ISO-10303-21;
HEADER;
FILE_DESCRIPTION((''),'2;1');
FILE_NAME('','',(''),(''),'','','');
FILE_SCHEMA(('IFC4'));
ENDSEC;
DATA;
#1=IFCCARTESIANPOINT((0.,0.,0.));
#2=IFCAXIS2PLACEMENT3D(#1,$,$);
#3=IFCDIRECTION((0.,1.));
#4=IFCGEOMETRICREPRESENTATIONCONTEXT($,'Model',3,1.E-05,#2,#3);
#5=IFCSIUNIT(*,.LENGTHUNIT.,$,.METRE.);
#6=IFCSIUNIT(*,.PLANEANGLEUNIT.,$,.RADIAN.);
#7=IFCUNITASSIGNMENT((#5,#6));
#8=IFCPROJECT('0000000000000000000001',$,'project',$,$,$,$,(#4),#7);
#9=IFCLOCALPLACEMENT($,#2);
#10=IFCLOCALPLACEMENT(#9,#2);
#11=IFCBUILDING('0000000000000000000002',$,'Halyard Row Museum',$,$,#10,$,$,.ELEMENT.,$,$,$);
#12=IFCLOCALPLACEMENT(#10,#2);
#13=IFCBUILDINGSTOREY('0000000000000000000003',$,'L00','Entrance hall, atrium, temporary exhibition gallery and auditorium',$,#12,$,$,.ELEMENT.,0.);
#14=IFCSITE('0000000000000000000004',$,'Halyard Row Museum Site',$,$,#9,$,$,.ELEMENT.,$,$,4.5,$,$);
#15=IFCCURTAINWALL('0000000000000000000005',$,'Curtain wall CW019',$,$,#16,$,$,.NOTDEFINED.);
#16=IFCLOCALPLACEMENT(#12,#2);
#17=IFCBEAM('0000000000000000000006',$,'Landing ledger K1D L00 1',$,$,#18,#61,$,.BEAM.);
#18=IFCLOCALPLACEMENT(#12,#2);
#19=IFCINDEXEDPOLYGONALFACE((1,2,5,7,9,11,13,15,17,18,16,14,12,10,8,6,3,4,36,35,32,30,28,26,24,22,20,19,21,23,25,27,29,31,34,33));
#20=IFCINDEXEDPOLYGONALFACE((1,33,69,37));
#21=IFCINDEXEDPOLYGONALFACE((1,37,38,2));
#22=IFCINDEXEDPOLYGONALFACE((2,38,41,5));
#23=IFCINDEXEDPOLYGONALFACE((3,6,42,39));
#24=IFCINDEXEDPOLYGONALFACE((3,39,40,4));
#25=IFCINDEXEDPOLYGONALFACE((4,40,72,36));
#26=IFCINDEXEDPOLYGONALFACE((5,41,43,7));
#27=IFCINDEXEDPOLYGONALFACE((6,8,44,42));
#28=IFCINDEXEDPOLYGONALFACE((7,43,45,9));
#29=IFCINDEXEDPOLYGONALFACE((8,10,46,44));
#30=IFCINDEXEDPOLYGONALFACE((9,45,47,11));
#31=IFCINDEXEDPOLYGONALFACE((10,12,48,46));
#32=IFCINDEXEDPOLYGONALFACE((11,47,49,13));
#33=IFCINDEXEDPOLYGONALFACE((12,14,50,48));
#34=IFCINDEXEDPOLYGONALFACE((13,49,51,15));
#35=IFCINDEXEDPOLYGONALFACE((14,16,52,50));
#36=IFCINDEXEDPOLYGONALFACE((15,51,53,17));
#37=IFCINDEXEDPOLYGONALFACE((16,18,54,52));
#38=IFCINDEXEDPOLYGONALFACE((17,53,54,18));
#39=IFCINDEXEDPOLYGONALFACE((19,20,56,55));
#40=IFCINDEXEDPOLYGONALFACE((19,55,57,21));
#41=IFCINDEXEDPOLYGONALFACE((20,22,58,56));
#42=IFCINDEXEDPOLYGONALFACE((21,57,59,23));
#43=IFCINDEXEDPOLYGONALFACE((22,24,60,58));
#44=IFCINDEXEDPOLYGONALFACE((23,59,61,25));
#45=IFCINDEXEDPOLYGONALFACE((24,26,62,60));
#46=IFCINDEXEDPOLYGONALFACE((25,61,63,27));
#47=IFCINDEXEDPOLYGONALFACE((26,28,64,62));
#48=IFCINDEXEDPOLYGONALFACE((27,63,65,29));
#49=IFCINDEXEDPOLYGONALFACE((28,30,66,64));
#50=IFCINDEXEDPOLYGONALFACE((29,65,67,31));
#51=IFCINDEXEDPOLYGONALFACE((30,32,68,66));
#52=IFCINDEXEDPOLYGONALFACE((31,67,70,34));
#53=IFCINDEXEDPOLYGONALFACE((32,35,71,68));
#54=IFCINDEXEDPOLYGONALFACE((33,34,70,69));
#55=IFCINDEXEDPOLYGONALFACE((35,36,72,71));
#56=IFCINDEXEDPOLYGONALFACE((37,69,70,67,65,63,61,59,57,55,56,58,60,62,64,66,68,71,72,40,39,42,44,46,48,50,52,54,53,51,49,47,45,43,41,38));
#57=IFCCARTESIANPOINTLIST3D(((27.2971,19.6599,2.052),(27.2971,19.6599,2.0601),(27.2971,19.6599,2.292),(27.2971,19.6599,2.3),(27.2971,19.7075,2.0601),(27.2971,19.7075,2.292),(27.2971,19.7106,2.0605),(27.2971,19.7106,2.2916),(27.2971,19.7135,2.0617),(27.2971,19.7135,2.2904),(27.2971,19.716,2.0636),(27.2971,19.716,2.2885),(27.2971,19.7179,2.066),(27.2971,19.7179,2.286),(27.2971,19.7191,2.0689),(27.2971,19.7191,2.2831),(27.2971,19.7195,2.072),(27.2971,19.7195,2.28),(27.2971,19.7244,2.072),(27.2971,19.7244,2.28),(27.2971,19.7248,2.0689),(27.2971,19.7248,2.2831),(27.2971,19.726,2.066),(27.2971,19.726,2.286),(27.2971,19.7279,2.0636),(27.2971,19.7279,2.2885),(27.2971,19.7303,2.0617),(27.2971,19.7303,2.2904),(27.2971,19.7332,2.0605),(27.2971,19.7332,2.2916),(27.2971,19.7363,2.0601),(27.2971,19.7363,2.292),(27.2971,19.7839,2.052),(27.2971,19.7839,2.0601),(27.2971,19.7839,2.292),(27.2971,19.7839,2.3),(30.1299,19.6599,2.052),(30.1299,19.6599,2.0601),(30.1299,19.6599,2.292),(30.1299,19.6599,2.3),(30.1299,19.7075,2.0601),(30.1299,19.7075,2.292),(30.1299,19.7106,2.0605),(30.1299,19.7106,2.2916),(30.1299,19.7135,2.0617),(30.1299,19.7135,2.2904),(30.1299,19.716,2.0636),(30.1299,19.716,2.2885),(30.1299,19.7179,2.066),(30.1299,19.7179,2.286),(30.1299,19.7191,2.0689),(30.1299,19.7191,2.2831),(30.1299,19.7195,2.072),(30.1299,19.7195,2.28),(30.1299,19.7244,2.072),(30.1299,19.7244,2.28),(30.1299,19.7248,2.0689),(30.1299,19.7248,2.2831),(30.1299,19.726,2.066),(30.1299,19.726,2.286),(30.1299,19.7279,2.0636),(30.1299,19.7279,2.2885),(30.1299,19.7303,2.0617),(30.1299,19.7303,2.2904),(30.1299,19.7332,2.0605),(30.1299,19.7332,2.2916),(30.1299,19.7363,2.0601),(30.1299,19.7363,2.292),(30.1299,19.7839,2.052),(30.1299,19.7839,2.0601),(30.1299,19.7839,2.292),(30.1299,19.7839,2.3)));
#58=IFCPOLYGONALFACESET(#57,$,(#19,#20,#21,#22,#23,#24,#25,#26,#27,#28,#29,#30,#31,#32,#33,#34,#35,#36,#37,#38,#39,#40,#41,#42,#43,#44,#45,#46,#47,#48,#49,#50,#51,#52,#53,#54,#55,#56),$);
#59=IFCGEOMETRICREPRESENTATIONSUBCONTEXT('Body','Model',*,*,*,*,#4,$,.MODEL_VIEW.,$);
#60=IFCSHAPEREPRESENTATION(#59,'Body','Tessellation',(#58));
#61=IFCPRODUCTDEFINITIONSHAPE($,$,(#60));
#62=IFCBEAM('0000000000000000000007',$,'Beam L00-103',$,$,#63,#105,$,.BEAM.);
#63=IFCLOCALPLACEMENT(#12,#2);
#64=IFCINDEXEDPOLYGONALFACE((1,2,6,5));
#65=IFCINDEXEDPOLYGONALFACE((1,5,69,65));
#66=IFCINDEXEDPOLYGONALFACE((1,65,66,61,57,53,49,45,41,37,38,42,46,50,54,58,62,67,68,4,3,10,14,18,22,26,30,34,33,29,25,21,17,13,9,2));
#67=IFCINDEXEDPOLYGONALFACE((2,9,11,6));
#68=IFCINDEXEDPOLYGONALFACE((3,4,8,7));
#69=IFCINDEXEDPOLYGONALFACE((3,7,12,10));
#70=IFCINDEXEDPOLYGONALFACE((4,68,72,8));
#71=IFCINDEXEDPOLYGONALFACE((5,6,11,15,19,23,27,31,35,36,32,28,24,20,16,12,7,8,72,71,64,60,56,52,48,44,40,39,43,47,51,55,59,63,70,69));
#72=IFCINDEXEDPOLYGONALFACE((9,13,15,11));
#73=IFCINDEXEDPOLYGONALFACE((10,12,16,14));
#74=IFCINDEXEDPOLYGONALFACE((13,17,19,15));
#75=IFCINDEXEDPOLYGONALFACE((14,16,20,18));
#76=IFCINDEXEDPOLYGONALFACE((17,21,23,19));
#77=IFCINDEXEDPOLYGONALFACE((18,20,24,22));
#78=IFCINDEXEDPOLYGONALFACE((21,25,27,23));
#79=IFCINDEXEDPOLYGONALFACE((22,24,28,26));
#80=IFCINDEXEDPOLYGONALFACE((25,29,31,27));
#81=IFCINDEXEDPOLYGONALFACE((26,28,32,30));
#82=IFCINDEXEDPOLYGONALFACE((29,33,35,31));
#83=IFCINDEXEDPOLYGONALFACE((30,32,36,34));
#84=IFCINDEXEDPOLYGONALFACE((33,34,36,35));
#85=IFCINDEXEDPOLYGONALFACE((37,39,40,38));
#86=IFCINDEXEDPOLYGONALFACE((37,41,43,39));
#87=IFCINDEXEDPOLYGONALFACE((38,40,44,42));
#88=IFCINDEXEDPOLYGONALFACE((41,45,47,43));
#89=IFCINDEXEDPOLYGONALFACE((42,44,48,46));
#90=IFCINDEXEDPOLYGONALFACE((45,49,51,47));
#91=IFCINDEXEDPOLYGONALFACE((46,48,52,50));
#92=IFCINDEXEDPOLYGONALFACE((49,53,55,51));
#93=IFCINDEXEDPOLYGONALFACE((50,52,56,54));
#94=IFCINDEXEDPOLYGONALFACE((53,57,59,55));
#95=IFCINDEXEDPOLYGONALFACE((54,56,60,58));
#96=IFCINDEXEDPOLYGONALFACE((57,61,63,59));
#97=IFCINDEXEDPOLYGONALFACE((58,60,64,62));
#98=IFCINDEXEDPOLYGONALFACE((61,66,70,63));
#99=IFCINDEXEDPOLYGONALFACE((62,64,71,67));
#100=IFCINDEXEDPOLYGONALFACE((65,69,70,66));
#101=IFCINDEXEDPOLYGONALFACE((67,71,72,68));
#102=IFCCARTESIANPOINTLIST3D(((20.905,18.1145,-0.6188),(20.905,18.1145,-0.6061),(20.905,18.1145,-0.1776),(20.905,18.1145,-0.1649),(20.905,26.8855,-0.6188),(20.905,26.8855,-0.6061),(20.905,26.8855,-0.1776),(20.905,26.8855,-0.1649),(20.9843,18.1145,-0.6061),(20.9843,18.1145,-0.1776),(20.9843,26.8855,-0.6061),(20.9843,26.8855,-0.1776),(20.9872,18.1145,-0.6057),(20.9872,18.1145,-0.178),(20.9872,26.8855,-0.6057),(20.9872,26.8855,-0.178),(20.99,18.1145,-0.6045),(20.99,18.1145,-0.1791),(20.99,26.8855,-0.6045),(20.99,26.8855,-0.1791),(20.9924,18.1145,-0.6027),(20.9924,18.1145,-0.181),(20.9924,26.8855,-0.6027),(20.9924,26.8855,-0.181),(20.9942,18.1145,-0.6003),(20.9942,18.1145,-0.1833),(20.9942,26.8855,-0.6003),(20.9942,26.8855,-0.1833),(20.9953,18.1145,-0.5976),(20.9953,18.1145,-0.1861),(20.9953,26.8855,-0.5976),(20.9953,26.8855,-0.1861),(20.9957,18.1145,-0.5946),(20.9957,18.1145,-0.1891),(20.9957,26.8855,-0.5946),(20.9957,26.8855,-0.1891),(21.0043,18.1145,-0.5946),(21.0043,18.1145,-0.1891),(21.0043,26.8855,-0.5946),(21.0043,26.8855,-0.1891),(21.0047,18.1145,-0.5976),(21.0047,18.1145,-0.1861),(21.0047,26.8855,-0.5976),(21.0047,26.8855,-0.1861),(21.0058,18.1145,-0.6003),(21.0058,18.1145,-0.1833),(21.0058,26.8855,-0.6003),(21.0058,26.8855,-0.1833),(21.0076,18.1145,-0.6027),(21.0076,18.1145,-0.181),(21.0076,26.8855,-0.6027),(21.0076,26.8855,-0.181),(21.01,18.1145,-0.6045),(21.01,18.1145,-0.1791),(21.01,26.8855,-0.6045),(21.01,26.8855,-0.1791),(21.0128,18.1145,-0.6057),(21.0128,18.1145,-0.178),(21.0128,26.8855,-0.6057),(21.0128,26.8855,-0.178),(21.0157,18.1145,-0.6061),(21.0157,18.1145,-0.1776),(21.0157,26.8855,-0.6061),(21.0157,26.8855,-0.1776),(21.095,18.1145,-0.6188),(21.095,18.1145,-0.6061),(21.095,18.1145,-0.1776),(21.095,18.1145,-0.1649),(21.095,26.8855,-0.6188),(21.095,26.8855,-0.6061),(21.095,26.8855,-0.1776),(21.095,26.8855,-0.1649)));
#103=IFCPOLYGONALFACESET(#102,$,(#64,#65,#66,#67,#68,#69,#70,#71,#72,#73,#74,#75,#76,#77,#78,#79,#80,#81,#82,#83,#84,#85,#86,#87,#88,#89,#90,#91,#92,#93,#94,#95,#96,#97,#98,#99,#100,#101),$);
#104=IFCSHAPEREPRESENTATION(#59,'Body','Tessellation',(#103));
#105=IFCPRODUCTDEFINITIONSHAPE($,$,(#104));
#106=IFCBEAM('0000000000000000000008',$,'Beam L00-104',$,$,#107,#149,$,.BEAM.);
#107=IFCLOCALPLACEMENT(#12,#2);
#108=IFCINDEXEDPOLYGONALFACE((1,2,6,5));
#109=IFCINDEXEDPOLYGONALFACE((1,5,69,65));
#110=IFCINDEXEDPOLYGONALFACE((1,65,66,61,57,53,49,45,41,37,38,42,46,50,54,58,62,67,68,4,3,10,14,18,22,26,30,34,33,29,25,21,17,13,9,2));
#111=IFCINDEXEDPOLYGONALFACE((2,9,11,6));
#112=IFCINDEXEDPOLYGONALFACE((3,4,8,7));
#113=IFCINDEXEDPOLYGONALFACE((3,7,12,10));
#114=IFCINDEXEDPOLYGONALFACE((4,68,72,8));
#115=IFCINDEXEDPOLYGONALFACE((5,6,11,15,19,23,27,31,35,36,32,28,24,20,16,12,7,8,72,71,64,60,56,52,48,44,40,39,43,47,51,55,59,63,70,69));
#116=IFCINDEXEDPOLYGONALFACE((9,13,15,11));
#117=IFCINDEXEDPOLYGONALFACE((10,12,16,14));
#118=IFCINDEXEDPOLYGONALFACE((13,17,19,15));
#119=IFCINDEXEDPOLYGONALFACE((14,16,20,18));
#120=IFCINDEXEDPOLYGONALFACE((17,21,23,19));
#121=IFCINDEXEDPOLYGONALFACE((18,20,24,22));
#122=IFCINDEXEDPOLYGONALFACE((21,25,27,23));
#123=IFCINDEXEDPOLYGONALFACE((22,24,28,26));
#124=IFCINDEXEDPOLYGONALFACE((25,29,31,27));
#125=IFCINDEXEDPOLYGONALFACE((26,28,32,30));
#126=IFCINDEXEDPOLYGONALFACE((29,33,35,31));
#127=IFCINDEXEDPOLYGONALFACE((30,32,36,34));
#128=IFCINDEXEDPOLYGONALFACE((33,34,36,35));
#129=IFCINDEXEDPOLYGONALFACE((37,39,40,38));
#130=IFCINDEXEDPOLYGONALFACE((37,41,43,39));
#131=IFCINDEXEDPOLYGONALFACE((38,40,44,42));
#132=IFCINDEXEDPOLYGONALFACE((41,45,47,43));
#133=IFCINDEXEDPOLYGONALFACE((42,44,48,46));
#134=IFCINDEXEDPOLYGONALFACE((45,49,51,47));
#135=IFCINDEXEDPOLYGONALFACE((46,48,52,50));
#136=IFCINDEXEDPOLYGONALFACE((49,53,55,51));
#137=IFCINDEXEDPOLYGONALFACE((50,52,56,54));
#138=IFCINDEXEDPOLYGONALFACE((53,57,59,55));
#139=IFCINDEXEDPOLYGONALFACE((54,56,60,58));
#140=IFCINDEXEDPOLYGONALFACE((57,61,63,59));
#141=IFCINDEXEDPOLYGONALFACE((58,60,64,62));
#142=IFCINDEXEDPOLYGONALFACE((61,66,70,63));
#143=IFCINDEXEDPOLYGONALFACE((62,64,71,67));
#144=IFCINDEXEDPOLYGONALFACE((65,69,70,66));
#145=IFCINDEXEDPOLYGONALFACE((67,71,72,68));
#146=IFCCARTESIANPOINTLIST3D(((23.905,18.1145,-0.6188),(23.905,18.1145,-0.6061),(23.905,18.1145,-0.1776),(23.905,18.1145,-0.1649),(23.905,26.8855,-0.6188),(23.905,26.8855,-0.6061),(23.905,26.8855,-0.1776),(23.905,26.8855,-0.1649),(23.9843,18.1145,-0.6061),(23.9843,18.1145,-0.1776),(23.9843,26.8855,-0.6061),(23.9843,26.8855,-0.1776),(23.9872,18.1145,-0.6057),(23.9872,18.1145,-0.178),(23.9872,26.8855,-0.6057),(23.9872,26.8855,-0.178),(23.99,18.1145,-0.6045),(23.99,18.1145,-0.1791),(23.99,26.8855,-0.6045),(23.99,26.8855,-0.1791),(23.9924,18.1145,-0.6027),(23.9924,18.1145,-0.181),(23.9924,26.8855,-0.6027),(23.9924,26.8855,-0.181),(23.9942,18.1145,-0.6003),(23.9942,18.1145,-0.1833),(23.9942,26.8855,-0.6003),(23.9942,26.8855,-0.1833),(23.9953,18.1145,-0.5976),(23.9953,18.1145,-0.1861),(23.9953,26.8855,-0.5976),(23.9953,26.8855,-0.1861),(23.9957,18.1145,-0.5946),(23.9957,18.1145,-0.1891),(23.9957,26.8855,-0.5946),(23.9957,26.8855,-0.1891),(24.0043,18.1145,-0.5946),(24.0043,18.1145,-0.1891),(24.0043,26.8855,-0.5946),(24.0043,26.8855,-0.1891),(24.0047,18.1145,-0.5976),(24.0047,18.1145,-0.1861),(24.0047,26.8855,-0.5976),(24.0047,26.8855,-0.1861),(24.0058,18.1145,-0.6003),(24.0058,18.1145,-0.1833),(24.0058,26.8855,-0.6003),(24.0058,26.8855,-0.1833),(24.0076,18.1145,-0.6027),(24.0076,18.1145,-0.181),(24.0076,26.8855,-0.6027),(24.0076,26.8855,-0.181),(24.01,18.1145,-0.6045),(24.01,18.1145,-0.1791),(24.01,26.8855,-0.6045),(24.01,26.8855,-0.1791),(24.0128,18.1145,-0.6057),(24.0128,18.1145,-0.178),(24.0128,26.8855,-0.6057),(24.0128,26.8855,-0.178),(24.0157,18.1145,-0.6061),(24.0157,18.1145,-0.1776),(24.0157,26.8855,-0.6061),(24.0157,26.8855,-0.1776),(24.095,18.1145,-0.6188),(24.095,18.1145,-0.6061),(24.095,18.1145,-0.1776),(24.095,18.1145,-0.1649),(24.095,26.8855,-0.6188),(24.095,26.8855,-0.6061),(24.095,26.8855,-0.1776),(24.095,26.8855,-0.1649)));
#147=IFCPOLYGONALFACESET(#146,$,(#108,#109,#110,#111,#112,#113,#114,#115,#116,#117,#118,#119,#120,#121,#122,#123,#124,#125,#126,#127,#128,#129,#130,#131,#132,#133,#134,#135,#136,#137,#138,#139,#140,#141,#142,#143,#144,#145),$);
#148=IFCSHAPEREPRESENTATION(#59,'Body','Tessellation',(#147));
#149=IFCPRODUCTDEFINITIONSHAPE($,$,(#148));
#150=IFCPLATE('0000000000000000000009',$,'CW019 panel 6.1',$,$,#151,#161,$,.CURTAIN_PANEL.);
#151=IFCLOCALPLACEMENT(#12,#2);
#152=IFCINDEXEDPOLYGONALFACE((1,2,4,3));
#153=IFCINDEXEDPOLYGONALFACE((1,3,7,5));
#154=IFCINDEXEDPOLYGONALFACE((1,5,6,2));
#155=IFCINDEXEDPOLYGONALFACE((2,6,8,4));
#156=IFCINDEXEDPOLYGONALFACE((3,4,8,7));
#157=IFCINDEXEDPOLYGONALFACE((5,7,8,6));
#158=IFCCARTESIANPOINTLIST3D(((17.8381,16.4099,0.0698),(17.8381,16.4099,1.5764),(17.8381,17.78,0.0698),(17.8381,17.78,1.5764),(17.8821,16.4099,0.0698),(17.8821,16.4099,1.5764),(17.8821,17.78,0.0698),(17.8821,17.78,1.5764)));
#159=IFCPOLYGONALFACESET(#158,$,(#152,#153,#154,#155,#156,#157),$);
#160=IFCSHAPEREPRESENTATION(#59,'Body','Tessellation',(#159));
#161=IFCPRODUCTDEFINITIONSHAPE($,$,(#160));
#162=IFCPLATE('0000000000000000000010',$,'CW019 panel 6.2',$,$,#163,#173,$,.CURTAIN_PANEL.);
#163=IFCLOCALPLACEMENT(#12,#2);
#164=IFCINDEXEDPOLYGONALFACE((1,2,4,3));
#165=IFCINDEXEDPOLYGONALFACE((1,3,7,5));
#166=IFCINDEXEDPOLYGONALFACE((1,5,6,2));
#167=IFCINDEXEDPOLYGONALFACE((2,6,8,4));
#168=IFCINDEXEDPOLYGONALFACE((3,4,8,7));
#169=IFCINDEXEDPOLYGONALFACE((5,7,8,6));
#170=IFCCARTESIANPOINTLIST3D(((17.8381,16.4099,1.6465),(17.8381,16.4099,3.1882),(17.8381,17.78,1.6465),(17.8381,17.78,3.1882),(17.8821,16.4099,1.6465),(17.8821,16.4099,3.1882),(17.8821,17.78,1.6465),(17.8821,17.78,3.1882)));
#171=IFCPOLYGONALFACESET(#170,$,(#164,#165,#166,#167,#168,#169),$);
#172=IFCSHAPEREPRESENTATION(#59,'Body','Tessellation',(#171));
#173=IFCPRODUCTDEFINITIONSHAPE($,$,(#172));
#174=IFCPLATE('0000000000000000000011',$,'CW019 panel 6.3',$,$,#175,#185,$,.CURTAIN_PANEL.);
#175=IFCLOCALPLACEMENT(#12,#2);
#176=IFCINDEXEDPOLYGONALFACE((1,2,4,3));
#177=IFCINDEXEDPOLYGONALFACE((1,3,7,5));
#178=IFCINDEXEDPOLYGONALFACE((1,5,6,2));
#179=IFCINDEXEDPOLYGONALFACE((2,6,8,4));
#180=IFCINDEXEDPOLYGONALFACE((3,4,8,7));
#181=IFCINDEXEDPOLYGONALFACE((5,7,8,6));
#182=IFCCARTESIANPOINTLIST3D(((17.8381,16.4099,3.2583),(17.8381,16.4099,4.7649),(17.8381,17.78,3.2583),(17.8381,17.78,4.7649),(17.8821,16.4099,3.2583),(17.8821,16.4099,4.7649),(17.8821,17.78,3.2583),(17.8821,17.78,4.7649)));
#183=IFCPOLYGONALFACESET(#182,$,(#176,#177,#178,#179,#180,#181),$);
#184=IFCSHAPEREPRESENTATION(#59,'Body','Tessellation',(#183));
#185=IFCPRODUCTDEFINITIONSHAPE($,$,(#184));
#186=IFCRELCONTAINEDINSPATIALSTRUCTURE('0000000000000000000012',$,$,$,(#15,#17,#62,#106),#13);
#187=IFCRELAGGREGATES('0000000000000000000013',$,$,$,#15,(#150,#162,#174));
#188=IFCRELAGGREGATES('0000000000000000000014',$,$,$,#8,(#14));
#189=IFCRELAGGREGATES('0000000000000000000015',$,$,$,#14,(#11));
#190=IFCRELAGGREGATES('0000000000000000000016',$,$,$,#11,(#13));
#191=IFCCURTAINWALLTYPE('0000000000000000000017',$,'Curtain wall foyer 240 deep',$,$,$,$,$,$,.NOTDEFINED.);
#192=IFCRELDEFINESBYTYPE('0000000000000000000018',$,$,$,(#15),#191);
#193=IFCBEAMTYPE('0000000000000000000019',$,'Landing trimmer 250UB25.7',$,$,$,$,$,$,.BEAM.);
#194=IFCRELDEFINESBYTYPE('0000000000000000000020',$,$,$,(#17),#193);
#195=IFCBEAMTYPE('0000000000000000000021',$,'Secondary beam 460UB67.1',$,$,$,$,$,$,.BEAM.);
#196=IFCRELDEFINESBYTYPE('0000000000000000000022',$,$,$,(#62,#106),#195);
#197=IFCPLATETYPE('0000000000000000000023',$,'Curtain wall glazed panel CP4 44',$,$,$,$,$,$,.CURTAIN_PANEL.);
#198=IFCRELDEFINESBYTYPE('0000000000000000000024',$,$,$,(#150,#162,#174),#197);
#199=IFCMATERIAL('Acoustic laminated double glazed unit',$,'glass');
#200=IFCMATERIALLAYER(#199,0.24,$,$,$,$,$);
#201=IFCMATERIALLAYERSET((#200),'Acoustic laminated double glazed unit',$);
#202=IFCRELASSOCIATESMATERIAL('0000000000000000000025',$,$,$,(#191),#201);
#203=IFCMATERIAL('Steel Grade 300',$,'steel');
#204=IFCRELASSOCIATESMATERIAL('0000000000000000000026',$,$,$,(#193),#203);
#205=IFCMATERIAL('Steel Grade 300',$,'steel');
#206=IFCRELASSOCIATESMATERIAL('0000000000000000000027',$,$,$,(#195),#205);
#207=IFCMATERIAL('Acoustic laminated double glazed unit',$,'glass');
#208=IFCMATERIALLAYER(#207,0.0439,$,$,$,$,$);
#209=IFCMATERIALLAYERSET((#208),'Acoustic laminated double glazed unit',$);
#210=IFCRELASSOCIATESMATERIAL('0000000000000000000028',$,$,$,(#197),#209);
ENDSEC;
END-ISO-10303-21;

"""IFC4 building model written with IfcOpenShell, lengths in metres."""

from ifc_helpers import new_model, si_unit, direction, frame, origin, origin_2d, place, context, subcontext, project, spatial, rectangle, i_section, extrude, material, layer, layer_set, material_profile, profile_set, type_object, element, aggregate, save


model = new_model("IFC4")

# Units and contexts
model_context = context("Model", 3, precision=1e-05, world=origin(), true_north=direction((0.0, 1.0)))
body_context = subcontext(model_context, "Body", "Model", "MODEL_VIEW")
ifc_project = project(units=[si_unit("LENGTHUNIT", "METRE"), si_unit("PLANEANGLEUNIT", "RADIAN")], contexts=[model_context])

# Site, building, storey
site_placement = place(None, origin())
site = spatial("IfcSite", under=ifc_project, at=site_placement, Name="Halyard Row Museum Site", CompositionType="ELEMENT", RefElevation=4.5)
building_placement = place(site_placement, origin())
building = spatial("IfcBuilding", under=site, at=building_placement, Name="Halyard Row Museum", CompositionType="ELEMENT")
storey_placement = place(building_placement, origin())
storey = spatial("IfcBuildingStorey", under=building, at=storey_placement, Name="L00", Description="Entrance hall, atrium, temporary exhibition gallery and auditorium", CompositionType="ELEMENT", Elevation=0.0)

# Curtain wall
ifc_material_1 = material(Name="Acoustic laminated double glazed unit", Category="glass")
ifc_layer_1 = layer(ifc_material_1, 0.24)
ifc_layer_set_1 = layer_set([ifc_layer_1], Name="Acoustic laminated double glazed unit")
curtain_wall_type = type_object("IfcCurtainWallType", Name="Curtain wall foyer 240 deep", PredefinedType="NOTDEFINED", material=ifc_layer_set_1)
curtain_wall_placement = place(storey_placement, origin())
curtain_wall = element("IfcCurtainWall", 1, at=curtain_wall_placement, inside=storey, type_object=curtain_wall_type, Name="Curtain wall CW019", PredefinedType="NOTDEFINED")

# Beams
ifc_material_2 = material(Name="Steel Grade 300", Category="steel")
ifc_material_profile_1 = material_profile(ifc_material_2, i_section(OverallWidth=0.124, OverallDepth=0.248, WebThickness=0.0049, FlangeThickness=0.0081, FilletRadius=0.012, at=origin_2d()), Name="250UB25.7")
ifc_profile_set_1 = profile_set([ifc_material_profile_1], Name="Steel Grade 300")
beam_type_1 = type_object("IfcBeamType", Name="Landing trimmer 250UB25.7", PredefinedType="BEAM", material=ifc_profile_set_1)
beam_1_placement = place(storey_placement, frame((27.2971, 19.7219, 2.176), z_axis=(1.0, 0.0, 0.0), x_axis=(0.0, 1.0, 0.0)))
element("IfcBeam", 2, at=beam_1_placement, inside=storey, type_object=beam_type_1, Name="Landing ledger K1D L00 1", PredefinedType="BEAM", context=body_context, shape_type="SweptSolid", body=[
    extrude(i_section(OverallWidth=0.124, OverallDepth=0.248, WebThickness=0.0049, FlangeThickness=0.0081, FilletRadius=0.012, at=origin_2d()), origin(), (0.0, 0.0, 1.0), 2.8328),
])
ifc_material_3 = material(Name="Steel Grade 300", Category="steel")
ifc_material_profile_2 = material_profile(ifc_material_3, i_section(OverallWidth=0.1899, OverallDepth=0.4539, WebThickness=0.0085, FlangeThickness=0.0127, FilletRadius=0.0115, at=origin_2d()), Name="460UB67.1")
ifc_profile_set_2 = profile_set([ifc_material_profile_2], Name="Steel Grade 300")
beam_type_2 = type_object("IfcBeamType", Name="Secondary beam 460UB67.1", PredefinedType="BEAM", material=ifc_profile_set_2)
for number, where, z_axis, x_axis, name in (
    (3, (21.0, 18.1145, -0.3918), (0.0, 1.0, 0.0), (-1.0, 0.0, 0.0), "Beam L00-103"),
    (4, (24.0, 18.1145, -0.3918), (0.0, 1.0, 0.0), (-1.0, 0.0, 0.0), "Beam L00-104"),
):
    element("IfcBeam", number, at=place(storey_placement, frame(where, z_axis=z_axis, x_axis=x_axis)), inside=storey, type_object=beam_type_2, Name=name, PredefinedType="BEAM", context=body_context, shape_type="SweptSolid", body=[
        extrude(i_section(OverallWidth=0.1899, OverallDepth=0.4539, WebThickness=0.0085, FlangeThickness=0.0127, FilletRadius=0.0115, at=origin_2d()), origin(), (0.0, 0.0, 1.0), 8.771),
    ])

# Plates
ifc_material_4 = material(Name="Acoustic laminated double glazed unit", Category="glass")
ifc_layer_2 = layer(ifc_material_4, 0.0439)
ifc_layer_set_2 = layer_set([ifc_layer_2], Name="Acoustic laminated double glazed unit")
plate_type = type_object("IfcPlateType", Name="Curtain wall glazed panel CP4 44", PredefinedType="CURTAIN_PANEL", material=ifc_layer_set_2)
plate_1_placement = place(storey_placement, frame((17.8601, 17.095, 0.0698), z_axis=(0.0, 0.0, 1.0), x_axis=(0.0, 1.0, 0.0)))
plate_1 = element("IfcPlate", 5, at=plate_1_placement, type_object=plate_type, Name="CW019 panel 6.1", PredefinedType="CURTAIN_PANEL", context=body_context, shape_type="SweptSolid", body=[
    extrude(rectangle(XDim=1.3701, YDim=0.0439, at=origin_2d()), origin(), (0.0, 0.0, 1.0), 1.5066),
])
plate_2_placement = place(storey_placement, frame((17.8601, 17.095, 1.6465), z_axis=(0.0, 0.0, 1.0), x_axis=(0.0, 1.0, 0.0)))
plate_2 = element("IfcPlate", 6, at=plate_2_placement, type_object=plate_type, Name="CW019 panel 6.2", PredefinedType="CURTAIN_PANEL", context=body_context, shape_type="SweptSolid", body=[
    extrude(rectangle(XDim=1.3701, YDim=0.0439, at=origin_2d()), origin(), (0.0, 0.0, 1.0), 1.5417),
])
plate_3_placement = place(storey_placement, frame((17.8601, 17.095, 3.2583), z_axis=(0.0, 0.0, 1.0), x_axis=(0.0, 1.0, 0.0)))
plate_3 = element("IfcPlate", 7, at=plate_3_placement, type_object=plate_type, Name="CW019 panel 6.3", PredefinedType="CURTAIN_PANEL", context=body_context, shape_type="SweptSolid", body=[
    extrude(rectangle(XDim=1.3701, YDim=0.0439, at=origin_2d()), origin(), (0.0, 0.0, 1.0), 1.5066),
])
aggregate(curtain_wall, [plate_1, plate_2, plate_3])

save(model, "model.ifc")
